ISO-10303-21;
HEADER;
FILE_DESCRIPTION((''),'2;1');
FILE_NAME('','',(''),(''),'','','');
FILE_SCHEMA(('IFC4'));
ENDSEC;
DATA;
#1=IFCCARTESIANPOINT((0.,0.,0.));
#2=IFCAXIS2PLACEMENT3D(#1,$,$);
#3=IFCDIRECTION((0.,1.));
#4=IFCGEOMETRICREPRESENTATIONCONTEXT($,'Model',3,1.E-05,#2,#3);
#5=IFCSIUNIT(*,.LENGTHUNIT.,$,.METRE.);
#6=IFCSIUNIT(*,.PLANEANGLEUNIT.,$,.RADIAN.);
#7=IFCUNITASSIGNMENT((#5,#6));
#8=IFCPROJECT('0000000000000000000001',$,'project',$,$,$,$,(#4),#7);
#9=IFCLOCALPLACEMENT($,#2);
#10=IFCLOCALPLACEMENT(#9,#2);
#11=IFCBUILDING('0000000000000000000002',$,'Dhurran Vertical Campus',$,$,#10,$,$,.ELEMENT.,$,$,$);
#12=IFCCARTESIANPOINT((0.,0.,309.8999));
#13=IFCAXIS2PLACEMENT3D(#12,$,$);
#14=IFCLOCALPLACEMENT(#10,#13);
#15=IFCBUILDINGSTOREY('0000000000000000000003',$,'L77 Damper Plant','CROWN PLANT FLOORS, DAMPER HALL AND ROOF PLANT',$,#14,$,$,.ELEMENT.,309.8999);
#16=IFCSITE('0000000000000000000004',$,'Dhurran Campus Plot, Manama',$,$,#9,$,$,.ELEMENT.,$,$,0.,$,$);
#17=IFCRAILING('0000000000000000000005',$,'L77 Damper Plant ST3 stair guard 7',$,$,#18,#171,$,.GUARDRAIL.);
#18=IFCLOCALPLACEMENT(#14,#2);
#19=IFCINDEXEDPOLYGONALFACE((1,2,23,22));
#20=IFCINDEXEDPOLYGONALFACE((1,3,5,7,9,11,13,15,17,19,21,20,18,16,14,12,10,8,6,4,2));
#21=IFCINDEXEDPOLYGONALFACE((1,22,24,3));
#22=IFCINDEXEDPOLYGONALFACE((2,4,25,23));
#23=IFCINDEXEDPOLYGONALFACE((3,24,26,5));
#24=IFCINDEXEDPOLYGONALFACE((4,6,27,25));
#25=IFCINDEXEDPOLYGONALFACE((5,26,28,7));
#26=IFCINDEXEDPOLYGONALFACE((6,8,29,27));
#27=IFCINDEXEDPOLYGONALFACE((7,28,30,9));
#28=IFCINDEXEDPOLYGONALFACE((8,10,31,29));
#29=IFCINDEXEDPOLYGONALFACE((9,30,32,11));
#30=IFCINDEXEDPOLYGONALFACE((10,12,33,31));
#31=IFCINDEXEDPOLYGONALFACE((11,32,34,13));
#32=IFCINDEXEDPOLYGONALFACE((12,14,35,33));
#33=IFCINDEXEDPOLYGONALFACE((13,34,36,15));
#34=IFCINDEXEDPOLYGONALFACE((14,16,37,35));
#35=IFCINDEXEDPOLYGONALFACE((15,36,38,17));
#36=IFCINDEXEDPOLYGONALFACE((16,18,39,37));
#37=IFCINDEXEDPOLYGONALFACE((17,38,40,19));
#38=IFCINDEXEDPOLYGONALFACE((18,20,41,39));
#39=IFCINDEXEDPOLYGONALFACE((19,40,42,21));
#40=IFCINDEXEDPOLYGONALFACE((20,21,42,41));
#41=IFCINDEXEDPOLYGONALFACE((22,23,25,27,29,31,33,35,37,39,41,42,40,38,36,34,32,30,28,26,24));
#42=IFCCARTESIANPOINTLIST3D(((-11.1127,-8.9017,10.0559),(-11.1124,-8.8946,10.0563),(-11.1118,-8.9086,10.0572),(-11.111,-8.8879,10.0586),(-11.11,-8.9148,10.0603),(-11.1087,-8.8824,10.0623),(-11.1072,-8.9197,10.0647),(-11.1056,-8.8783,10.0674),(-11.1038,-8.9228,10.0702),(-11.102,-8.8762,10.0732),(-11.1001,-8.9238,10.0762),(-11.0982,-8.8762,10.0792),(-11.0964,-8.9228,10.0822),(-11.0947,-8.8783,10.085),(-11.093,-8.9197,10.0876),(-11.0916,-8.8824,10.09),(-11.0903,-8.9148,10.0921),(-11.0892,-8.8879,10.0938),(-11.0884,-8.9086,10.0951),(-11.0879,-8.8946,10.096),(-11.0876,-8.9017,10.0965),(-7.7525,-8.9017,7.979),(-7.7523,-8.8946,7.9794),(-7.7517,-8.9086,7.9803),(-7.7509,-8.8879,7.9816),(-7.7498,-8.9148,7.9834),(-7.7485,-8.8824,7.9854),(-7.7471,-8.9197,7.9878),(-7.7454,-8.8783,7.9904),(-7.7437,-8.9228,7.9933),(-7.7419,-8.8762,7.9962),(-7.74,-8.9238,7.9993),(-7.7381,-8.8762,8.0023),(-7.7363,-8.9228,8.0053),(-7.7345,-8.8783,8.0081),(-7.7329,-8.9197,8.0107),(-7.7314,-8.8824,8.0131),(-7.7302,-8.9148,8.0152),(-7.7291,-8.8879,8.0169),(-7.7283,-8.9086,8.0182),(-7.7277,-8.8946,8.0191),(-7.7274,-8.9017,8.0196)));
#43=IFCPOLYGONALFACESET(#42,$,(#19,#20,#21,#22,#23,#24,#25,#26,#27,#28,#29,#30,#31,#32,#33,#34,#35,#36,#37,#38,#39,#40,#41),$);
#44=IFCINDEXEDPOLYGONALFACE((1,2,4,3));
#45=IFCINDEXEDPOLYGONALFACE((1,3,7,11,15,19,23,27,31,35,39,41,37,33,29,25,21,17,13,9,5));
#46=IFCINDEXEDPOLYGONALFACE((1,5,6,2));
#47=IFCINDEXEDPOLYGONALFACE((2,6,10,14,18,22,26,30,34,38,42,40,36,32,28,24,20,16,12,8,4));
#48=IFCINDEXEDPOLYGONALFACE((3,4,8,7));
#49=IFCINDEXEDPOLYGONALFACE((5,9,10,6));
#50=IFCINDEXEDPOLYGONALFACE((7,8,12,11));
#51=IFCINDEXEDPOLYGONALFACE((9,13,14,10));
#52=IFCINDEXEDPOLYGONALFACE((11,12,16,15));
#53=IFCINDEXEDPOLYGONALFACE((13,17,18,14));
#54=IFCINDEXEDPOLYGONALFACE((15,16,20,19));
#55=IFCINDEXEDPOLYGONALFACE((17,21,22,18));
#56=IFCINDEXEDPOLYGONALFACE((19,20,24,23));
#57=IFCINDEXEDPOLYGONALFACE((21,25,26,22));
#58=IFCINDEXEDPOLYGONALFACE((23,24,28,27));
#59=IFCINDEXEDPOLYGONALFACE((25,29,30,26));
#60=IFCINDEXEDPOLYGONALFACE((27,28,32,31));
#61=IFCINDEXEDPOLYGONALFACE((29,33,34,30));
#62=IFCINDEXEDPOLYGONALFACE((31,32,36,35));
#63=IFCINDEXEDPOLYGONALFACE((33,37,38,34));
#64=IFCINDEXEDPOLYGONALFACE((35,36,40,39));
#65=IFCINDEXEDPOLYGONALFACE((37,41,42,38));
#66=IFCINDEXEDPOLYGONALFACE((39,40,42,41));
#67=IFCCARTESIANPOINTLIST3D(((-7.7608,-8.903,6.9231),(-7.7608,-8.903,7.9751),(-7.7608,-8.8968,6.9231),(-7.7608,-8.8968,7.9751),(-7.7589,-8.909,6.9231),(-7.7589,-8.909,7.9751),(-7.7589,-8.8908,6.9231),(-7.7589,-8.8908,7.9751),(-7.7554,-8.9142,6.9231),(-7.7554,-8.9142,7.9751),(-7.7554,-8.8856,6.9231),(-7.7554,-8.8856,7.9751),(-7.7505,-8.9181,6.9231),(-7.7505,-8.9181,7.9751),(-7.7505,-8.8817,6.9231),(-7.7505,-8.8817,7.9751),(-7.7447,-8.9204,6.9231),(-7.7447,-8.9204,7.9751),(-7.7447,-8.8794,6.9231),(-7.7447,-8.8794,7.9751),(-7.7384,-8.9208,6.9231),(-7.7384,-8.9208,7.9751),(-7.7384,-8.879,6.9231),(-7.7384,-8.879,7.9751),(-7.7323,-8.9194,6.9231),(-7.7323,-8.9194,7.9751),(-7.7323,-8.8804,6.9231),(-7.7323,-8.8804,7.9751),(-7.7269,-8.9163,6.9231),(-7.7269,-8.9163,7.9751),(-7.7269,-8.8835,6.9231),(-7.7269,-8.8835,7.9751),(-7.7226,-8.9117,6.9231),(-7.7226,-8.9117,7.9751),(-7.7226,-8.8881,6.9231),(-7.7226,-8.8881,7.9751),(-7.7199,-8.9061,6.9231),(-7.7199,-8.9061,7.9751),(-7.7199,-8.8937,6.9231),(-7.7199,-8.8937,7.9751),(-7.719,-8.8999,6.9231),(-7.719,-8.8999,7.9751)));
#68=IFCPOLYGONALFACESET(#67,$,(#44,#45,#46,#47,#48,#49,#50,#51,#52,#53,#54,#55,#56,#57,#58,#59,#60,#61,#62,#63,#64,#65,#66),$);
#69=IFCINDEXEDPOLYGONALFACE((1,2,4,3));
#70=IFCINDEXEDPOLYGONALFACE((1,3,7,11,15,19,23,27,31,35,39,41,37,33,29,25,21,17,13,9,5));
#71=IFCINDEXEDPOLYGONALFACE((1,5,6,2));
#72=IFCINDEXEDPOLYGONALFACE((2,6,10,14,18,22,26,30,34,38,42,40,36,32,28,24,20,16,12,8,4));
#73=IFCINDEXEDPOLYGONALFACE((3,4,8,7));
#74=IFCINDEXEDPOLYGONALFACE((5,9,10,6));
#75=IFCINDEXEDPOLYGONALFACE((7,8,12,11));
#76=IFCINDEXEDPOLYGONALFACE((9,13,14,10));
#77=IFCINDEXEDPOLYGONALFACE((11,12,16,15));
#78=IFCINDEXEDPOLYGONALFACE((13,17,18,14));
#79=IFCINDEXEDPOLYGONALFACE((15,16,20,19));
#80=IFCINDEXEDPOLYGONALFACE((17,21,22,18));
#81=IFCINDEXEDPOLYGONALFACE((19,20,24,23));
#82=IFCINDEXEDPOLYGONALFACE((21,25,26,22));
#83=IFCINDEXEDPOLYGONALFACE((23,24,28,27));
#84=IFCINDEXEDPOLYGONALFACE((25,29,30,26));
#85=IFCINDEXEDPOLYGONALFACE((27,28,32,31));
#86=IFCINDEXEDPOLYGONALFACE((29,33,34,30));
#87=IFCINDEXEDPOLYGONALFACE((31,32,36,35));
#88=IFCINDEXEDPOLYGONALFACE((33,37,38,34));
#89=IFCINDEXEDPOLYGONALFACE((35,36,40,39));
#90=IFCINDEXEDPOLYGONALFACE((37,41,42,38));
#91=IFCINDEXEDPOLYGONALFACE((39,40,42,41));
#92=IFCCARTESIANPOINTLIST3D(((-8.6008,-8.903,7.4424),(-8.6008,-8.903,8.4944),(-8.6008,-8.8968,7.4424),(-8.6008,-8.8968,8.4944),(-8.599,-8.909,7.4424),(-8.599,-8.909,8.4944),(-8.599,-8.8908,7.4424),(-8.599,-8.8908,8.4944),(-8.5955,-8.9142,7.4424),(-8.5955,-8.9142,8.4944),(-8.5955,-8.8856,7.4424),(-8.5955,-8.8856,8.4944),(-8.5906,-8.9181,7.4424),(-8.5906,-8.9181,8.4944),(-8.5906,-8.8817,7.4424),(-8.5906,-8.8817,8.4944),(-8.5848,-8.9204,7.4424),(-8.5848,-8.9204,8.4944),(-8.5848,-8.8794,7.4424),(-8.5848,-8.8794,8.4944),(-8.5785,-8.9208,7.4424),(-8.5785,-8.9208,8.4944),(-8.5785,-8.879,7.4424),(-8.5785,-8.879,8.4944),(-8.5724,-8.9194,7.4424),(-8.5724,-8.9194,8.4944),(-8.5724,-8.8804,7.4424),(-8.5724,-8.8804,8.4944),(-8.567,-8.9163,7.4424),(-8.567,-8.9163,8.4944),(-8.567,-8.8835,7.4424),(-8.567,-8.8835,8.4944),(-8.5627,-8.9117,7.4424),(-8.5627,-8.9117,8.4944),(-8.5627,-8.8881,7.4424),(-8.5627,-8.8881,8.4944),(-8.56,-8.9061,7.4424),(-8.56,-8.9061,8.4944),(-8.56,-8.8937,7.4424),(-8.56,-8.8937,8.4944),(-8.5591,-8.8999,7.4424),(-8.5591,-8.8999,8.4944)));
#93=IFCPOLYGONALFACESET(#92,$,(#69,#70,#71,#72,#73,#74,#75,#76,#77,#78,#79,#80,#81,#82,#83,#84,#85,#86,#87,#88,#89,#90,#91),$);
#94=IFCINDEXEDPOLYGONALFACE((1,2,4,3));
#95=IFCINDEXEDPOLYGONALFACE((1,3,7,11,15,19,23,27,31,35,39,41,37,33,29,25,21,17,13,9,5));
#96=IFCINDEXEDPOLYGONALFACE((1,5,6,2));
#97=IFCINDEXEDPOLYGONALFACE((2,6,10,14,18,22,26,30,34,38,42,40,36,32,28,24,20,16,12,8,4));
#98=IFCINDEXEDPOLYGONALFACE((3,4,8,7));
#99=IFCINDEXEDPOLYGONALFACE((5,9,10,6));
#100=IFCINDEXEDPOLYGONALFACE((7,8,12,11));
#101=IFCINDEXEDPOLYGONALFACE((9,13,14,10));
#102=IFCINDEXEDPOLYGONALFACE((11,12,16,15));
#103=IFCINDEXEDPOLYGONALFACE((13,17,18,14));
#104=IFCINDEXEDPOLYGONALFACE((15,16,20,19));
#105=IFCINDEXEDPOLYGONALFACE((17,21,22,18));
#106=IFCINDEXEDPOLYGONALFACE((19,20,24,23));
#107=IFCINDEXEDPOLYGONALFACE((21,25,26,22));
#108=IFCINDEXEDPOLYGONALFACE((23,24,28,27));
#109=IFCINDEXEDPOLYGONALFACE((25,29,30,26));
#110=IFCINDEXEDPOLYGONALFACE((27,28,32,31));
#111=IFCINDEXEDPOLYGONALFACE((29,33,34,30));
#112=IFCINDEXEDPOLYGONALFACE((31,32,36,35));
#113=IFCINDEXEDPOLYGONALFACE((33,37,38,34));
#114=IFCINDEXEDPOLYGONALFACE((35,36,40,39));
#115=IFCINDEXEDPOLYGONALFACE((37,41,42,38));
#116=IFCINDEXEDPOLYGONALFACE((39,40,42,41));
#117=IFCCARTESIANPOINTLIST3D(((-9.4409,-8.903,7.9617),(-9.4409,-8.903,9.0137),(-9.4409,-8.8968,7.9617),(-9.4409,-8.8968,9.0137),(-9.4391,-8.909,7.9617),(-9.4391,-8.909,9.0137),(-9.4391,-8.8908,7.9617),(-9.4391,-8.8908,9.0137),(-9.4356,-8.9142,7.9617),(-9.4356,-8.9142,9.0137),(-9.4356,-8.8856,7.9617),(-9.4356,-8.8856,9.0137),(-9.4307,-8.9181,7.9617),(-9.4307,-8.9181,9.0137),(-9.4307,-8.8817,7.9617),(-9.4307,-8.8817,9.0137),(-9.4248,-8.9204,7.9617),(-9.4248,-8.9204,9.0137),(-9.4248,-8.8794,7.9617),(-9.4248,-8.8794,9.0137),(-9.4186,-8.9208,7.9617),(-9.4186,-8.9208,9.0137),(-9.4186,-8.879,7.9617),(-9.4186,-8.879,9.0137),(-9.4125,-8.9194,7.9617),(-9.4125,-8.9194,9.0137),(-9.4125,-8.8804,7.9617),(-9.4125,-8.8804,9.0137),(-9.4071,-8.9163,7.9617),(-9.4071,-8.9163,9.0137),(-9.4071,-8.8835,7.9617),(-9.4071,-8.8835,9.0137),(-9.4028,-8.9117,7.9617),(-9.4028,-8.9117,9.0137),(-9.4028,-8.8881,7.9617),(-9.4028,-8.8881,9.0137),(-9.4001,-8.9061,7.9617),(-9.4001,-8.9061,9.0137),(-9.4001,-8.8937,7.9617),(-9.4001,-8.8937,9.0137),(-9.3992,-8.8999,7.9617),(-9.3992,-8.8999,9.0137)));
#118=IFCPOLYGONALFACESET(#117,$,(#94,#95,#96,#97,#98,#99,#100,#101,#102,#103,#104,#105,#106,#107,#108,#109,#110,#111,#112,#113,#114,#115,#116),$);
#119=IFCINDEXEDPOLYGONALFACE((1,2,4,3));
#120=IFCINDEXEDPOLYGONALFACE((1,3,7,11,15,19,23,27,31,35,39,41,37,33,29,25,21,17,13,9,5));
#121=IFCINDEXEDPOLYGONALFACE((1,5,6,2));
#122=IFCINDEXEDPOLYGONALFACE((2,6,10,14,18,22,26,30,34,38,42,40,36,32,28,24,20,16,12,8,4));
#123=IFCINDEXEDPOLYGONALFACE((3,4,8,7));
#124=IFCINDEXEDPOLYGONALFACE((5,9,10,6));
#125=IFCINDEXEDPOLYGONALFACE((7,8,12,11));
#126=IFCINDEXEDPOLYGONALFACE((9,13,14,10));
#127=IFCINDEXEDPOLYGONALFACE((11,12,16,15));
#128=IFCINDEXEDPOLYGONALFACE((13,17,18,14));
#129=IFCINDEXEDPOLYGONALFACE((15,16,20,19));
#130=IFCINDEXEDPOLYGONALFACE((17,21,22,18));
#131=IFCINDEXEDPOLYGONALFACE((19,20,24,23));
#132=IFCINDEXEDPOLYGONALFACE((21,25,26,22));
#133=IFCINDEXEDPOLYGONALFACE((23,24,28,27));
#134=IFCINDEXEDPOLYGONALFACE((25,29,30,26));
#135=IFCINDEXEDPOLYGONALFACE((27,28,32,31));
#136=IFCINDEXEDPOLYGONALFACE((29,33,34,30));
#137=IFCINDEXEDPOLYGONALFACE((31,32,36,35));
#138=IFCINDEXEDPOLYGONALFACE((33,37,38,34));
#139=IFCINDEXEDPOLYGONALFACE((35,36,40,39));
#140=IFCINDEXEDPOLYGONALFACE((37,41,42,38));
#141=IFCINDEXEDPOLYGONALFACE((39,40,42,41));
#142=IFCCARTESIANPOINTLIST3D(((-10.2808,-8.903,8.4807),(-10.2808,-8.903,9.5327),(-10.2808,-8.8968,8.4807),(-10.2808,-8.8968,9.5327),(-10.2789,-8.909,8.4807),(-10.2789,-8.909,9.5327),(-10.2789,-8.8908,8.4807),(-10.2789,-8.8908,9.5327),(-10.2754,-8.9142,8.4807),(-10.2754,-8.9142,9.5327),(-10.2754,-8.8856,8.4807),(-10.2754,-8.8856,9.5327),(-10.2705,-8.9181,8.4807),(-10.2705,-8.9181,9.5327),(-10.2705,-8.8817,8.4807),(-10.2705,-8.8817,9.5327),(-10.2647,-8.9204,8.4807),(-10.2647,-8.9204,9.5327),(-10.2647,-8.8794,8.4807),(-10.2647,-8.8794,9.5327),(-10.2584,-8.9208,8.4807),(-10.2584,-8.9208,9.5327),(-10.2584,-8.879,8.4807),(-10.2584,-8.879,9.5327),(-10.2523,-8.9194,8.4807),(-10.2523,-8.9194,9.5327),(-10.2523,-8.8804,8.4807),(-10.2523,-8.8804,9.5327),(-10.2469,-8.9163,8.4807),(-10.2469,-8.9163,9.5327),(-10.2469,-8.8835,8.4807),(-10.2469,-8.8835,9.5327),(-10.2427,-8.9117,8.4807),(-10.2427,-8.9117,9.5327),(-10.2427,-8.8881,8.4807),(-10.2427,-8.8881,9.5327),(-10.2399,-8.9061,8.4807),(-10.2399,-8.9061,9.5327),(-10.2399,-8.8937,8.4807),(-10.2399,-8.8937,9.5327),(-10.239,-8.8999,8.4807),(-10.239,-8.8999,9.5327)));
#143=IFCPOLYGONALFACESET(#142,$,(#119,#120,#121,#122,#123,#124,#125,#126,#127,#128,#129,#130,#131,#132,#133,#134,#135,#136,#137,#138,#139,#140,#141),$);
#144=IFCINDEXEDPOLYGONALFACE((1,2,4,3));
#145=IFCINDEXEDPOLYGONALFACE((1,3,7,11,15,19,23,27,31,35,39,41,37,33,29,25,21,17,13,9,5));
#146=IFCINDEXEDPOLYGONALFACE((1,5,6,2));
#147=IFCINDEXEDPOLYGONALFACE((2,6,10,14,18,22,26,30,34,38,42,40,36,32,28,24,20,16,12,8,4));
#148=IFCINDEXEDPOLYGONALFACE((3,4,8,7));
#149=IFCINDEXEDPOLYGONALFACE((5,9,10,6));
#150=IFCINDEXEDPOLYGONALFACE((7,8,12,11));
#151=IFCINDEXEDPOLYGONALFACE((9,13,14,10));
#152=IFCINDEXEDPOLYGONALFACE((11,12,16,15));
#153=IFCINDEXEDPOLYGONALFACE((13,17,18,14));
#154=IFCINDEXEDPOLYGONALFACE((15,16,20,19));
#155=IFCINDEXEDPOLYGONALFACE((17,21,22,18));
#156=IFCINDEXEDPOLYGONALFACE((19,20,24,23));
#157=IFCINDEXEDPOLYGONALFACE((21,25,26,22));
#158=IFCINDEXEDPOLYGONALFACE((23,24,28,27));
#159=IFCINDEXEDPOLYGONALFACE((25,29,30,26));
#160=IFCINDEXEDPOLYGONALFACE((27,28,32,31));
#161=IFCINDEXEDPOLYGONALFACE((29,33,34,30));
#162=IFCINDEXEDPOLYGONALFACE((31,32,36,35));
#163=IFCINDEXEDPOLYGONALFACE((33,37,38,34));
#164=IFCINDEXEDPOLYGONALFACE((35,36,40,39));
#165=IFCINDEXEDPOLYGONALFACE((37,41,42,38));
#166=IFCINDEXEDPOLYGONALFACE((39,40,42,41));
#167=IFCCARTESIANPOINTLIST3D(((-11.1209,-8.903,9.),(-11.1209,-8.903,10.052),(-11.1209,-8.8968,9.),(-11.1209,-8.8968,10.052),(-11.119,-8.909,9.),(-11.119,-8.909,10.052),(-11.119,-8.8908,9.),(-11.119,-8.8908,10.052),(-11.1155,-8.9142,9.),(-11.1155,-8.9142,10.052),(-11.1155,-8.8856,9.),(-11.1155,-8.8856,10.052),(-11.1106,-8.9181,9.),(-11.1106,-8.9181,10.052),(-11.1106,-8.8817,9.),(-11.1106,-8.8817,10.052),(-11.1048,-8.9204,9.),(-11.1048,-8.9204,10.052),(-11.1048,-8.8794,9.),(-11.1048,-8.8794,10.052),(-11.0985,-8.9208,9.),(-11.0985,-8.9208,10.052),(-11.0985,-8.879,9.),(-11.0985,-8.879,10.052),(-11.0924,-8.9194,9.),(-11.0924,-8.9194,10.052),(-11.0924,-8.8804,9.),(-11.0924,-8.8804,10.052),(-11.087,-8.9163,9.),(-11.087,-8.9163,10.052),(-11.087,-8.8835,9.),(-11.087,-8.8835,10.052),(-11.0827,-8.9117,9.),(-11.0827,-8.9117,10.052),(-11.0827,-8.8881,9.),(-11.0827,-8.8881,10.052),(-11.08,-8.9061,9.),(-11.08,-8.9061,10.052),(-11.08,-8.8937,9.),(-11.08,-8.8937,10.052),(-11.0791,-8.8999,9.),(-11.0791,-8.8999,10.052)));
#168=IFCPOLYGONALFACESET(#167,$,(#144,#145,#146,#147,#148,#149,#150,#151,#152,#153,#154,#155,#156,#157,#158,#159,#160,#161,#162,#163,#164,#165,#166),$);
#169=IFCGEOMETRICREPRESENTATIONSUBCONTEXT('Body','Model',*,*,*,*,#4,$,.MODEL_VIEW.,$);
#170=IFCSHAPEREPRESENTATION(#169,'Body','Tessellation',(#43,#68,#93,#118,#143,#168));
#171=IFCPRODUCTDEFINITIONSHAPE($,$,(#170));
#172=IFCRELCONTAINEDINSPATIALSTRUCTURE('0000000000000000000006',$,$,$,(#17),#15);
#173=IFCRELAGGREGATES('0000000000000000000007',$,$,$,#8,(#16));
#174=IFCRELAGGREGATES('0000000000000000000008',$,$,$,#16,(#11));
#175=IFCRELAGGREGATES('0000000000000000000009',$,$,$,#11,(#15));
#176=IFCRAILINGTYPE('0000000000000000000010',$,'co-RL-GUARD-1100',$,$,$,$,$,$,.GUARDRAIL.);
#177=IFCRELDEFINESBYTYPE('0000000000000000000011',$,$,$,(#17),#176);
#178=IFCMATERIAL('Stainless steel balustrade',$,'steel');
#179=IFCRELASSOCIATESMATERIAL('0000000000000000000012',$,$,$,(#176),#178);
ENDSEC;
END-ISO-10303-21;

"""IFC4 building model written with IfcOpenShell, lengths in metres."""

from ifc_helpers import new_model, si_unit, direction, frame, origin, origin_2d, place, context, subcontext, project, spatial, circle, extrude, material, type_object, element, save


model = new_model("IFC4")

# Units and contexts
model_context = context("Model", 3, precision=1e-05, world=origin(), true_north=direction((0.0, 1.0)))
body_context = subcontext(model_context, "Body", "Model", "MODEL_VIEW")
ifc_project = project(units=[si_unit("LENGTHUNIT", "METRE"), si_unit("PLANEANGLEUNIT", "RADIAN")], contexts=[model_context])

# Site, building, storey
site_placement = place(None, origin())
site = spatial("IfcSite", under=ifc_project, at=site_placement, Name="Dhurran Campus Plot, Manama", CompositionType="ELEMENT", RefElevation=0.0)
building_placement = place(site_placement, origin())
building = spatial("IfcBuilding", under=site, at=building_placement, Name="Dhurran Vertical Campus", CompositionType="ELEMENT")
storey_placement = place(building_placement, frame((0.0, 0.0, 309.8999)))
storey = spatial("IfcBuildingStorey", under=building, at=storey_placement, Name="L77 Damper Plant", Description="CROWN PLANT FLOORS, DAMPER HALL AND ROOF PLANT", CompositionType="ELEMENT", Elevation=309.8999)

# Railing
ifc_material_1 = material(Name="Stainless steel balustrade", Category="steel")
railing_type_1 = type_object("IfcRailingType", Name="co-RL-GUARD-1100", PredefinedType="GUARDRAIL", material=ifc_material_1)
railing_1_placement = place(storey_placement, frame((-7.74, -8.8999, 6.9231)))
element("IfcRailing", 1, at=railing_1_placement, inside=storey, type_object=railing_type_1, Name="L77 Damper Plant ST3 stair guard 7", PredefinedType="GUARDRAIL", context=body_context, shape_type="SweptSolid", body=[
    extrude(circle(Radius=0.0239, at=origin_2d()), frame((0.0, 0.0, 1.0762), z_axis=(-0.850623, 0.0, 0.525776), x_axis=(0.0, -1.0, 0.0)), (0.0, 0.0, 1.0), 3.9502),
    extrude(circle(Radius=0.021, at=origin_2d()), origin(), (0.0, 0.0, 1.0), 1.052),
    extrude(circle(Radius=0.021, at=origin_2d()), frame((-0.8401, 0.0, 0.5193)), (0.0, 0.0, 1.0), 1.052),
    extrude(circle(Radius=0.021, at=origin_2d()), frame((-1.6802, 0.0, 1.0386)), (0.0, 0.0, 1.0), 1.052),
    extrude(circle(Radius=0.021, at=origin_2d()), frame((-2.52, 0.0, 1.5576)), (0.0, 0.0, 1.0), 1.052),
    extrude(circle(Radius=0.021, at=origin_2d()), frame((-3.3601, 0.0, 2.0769)), (0.0, 0.0, 1.0), 1.052),
])

save(model, "model.ifc")
